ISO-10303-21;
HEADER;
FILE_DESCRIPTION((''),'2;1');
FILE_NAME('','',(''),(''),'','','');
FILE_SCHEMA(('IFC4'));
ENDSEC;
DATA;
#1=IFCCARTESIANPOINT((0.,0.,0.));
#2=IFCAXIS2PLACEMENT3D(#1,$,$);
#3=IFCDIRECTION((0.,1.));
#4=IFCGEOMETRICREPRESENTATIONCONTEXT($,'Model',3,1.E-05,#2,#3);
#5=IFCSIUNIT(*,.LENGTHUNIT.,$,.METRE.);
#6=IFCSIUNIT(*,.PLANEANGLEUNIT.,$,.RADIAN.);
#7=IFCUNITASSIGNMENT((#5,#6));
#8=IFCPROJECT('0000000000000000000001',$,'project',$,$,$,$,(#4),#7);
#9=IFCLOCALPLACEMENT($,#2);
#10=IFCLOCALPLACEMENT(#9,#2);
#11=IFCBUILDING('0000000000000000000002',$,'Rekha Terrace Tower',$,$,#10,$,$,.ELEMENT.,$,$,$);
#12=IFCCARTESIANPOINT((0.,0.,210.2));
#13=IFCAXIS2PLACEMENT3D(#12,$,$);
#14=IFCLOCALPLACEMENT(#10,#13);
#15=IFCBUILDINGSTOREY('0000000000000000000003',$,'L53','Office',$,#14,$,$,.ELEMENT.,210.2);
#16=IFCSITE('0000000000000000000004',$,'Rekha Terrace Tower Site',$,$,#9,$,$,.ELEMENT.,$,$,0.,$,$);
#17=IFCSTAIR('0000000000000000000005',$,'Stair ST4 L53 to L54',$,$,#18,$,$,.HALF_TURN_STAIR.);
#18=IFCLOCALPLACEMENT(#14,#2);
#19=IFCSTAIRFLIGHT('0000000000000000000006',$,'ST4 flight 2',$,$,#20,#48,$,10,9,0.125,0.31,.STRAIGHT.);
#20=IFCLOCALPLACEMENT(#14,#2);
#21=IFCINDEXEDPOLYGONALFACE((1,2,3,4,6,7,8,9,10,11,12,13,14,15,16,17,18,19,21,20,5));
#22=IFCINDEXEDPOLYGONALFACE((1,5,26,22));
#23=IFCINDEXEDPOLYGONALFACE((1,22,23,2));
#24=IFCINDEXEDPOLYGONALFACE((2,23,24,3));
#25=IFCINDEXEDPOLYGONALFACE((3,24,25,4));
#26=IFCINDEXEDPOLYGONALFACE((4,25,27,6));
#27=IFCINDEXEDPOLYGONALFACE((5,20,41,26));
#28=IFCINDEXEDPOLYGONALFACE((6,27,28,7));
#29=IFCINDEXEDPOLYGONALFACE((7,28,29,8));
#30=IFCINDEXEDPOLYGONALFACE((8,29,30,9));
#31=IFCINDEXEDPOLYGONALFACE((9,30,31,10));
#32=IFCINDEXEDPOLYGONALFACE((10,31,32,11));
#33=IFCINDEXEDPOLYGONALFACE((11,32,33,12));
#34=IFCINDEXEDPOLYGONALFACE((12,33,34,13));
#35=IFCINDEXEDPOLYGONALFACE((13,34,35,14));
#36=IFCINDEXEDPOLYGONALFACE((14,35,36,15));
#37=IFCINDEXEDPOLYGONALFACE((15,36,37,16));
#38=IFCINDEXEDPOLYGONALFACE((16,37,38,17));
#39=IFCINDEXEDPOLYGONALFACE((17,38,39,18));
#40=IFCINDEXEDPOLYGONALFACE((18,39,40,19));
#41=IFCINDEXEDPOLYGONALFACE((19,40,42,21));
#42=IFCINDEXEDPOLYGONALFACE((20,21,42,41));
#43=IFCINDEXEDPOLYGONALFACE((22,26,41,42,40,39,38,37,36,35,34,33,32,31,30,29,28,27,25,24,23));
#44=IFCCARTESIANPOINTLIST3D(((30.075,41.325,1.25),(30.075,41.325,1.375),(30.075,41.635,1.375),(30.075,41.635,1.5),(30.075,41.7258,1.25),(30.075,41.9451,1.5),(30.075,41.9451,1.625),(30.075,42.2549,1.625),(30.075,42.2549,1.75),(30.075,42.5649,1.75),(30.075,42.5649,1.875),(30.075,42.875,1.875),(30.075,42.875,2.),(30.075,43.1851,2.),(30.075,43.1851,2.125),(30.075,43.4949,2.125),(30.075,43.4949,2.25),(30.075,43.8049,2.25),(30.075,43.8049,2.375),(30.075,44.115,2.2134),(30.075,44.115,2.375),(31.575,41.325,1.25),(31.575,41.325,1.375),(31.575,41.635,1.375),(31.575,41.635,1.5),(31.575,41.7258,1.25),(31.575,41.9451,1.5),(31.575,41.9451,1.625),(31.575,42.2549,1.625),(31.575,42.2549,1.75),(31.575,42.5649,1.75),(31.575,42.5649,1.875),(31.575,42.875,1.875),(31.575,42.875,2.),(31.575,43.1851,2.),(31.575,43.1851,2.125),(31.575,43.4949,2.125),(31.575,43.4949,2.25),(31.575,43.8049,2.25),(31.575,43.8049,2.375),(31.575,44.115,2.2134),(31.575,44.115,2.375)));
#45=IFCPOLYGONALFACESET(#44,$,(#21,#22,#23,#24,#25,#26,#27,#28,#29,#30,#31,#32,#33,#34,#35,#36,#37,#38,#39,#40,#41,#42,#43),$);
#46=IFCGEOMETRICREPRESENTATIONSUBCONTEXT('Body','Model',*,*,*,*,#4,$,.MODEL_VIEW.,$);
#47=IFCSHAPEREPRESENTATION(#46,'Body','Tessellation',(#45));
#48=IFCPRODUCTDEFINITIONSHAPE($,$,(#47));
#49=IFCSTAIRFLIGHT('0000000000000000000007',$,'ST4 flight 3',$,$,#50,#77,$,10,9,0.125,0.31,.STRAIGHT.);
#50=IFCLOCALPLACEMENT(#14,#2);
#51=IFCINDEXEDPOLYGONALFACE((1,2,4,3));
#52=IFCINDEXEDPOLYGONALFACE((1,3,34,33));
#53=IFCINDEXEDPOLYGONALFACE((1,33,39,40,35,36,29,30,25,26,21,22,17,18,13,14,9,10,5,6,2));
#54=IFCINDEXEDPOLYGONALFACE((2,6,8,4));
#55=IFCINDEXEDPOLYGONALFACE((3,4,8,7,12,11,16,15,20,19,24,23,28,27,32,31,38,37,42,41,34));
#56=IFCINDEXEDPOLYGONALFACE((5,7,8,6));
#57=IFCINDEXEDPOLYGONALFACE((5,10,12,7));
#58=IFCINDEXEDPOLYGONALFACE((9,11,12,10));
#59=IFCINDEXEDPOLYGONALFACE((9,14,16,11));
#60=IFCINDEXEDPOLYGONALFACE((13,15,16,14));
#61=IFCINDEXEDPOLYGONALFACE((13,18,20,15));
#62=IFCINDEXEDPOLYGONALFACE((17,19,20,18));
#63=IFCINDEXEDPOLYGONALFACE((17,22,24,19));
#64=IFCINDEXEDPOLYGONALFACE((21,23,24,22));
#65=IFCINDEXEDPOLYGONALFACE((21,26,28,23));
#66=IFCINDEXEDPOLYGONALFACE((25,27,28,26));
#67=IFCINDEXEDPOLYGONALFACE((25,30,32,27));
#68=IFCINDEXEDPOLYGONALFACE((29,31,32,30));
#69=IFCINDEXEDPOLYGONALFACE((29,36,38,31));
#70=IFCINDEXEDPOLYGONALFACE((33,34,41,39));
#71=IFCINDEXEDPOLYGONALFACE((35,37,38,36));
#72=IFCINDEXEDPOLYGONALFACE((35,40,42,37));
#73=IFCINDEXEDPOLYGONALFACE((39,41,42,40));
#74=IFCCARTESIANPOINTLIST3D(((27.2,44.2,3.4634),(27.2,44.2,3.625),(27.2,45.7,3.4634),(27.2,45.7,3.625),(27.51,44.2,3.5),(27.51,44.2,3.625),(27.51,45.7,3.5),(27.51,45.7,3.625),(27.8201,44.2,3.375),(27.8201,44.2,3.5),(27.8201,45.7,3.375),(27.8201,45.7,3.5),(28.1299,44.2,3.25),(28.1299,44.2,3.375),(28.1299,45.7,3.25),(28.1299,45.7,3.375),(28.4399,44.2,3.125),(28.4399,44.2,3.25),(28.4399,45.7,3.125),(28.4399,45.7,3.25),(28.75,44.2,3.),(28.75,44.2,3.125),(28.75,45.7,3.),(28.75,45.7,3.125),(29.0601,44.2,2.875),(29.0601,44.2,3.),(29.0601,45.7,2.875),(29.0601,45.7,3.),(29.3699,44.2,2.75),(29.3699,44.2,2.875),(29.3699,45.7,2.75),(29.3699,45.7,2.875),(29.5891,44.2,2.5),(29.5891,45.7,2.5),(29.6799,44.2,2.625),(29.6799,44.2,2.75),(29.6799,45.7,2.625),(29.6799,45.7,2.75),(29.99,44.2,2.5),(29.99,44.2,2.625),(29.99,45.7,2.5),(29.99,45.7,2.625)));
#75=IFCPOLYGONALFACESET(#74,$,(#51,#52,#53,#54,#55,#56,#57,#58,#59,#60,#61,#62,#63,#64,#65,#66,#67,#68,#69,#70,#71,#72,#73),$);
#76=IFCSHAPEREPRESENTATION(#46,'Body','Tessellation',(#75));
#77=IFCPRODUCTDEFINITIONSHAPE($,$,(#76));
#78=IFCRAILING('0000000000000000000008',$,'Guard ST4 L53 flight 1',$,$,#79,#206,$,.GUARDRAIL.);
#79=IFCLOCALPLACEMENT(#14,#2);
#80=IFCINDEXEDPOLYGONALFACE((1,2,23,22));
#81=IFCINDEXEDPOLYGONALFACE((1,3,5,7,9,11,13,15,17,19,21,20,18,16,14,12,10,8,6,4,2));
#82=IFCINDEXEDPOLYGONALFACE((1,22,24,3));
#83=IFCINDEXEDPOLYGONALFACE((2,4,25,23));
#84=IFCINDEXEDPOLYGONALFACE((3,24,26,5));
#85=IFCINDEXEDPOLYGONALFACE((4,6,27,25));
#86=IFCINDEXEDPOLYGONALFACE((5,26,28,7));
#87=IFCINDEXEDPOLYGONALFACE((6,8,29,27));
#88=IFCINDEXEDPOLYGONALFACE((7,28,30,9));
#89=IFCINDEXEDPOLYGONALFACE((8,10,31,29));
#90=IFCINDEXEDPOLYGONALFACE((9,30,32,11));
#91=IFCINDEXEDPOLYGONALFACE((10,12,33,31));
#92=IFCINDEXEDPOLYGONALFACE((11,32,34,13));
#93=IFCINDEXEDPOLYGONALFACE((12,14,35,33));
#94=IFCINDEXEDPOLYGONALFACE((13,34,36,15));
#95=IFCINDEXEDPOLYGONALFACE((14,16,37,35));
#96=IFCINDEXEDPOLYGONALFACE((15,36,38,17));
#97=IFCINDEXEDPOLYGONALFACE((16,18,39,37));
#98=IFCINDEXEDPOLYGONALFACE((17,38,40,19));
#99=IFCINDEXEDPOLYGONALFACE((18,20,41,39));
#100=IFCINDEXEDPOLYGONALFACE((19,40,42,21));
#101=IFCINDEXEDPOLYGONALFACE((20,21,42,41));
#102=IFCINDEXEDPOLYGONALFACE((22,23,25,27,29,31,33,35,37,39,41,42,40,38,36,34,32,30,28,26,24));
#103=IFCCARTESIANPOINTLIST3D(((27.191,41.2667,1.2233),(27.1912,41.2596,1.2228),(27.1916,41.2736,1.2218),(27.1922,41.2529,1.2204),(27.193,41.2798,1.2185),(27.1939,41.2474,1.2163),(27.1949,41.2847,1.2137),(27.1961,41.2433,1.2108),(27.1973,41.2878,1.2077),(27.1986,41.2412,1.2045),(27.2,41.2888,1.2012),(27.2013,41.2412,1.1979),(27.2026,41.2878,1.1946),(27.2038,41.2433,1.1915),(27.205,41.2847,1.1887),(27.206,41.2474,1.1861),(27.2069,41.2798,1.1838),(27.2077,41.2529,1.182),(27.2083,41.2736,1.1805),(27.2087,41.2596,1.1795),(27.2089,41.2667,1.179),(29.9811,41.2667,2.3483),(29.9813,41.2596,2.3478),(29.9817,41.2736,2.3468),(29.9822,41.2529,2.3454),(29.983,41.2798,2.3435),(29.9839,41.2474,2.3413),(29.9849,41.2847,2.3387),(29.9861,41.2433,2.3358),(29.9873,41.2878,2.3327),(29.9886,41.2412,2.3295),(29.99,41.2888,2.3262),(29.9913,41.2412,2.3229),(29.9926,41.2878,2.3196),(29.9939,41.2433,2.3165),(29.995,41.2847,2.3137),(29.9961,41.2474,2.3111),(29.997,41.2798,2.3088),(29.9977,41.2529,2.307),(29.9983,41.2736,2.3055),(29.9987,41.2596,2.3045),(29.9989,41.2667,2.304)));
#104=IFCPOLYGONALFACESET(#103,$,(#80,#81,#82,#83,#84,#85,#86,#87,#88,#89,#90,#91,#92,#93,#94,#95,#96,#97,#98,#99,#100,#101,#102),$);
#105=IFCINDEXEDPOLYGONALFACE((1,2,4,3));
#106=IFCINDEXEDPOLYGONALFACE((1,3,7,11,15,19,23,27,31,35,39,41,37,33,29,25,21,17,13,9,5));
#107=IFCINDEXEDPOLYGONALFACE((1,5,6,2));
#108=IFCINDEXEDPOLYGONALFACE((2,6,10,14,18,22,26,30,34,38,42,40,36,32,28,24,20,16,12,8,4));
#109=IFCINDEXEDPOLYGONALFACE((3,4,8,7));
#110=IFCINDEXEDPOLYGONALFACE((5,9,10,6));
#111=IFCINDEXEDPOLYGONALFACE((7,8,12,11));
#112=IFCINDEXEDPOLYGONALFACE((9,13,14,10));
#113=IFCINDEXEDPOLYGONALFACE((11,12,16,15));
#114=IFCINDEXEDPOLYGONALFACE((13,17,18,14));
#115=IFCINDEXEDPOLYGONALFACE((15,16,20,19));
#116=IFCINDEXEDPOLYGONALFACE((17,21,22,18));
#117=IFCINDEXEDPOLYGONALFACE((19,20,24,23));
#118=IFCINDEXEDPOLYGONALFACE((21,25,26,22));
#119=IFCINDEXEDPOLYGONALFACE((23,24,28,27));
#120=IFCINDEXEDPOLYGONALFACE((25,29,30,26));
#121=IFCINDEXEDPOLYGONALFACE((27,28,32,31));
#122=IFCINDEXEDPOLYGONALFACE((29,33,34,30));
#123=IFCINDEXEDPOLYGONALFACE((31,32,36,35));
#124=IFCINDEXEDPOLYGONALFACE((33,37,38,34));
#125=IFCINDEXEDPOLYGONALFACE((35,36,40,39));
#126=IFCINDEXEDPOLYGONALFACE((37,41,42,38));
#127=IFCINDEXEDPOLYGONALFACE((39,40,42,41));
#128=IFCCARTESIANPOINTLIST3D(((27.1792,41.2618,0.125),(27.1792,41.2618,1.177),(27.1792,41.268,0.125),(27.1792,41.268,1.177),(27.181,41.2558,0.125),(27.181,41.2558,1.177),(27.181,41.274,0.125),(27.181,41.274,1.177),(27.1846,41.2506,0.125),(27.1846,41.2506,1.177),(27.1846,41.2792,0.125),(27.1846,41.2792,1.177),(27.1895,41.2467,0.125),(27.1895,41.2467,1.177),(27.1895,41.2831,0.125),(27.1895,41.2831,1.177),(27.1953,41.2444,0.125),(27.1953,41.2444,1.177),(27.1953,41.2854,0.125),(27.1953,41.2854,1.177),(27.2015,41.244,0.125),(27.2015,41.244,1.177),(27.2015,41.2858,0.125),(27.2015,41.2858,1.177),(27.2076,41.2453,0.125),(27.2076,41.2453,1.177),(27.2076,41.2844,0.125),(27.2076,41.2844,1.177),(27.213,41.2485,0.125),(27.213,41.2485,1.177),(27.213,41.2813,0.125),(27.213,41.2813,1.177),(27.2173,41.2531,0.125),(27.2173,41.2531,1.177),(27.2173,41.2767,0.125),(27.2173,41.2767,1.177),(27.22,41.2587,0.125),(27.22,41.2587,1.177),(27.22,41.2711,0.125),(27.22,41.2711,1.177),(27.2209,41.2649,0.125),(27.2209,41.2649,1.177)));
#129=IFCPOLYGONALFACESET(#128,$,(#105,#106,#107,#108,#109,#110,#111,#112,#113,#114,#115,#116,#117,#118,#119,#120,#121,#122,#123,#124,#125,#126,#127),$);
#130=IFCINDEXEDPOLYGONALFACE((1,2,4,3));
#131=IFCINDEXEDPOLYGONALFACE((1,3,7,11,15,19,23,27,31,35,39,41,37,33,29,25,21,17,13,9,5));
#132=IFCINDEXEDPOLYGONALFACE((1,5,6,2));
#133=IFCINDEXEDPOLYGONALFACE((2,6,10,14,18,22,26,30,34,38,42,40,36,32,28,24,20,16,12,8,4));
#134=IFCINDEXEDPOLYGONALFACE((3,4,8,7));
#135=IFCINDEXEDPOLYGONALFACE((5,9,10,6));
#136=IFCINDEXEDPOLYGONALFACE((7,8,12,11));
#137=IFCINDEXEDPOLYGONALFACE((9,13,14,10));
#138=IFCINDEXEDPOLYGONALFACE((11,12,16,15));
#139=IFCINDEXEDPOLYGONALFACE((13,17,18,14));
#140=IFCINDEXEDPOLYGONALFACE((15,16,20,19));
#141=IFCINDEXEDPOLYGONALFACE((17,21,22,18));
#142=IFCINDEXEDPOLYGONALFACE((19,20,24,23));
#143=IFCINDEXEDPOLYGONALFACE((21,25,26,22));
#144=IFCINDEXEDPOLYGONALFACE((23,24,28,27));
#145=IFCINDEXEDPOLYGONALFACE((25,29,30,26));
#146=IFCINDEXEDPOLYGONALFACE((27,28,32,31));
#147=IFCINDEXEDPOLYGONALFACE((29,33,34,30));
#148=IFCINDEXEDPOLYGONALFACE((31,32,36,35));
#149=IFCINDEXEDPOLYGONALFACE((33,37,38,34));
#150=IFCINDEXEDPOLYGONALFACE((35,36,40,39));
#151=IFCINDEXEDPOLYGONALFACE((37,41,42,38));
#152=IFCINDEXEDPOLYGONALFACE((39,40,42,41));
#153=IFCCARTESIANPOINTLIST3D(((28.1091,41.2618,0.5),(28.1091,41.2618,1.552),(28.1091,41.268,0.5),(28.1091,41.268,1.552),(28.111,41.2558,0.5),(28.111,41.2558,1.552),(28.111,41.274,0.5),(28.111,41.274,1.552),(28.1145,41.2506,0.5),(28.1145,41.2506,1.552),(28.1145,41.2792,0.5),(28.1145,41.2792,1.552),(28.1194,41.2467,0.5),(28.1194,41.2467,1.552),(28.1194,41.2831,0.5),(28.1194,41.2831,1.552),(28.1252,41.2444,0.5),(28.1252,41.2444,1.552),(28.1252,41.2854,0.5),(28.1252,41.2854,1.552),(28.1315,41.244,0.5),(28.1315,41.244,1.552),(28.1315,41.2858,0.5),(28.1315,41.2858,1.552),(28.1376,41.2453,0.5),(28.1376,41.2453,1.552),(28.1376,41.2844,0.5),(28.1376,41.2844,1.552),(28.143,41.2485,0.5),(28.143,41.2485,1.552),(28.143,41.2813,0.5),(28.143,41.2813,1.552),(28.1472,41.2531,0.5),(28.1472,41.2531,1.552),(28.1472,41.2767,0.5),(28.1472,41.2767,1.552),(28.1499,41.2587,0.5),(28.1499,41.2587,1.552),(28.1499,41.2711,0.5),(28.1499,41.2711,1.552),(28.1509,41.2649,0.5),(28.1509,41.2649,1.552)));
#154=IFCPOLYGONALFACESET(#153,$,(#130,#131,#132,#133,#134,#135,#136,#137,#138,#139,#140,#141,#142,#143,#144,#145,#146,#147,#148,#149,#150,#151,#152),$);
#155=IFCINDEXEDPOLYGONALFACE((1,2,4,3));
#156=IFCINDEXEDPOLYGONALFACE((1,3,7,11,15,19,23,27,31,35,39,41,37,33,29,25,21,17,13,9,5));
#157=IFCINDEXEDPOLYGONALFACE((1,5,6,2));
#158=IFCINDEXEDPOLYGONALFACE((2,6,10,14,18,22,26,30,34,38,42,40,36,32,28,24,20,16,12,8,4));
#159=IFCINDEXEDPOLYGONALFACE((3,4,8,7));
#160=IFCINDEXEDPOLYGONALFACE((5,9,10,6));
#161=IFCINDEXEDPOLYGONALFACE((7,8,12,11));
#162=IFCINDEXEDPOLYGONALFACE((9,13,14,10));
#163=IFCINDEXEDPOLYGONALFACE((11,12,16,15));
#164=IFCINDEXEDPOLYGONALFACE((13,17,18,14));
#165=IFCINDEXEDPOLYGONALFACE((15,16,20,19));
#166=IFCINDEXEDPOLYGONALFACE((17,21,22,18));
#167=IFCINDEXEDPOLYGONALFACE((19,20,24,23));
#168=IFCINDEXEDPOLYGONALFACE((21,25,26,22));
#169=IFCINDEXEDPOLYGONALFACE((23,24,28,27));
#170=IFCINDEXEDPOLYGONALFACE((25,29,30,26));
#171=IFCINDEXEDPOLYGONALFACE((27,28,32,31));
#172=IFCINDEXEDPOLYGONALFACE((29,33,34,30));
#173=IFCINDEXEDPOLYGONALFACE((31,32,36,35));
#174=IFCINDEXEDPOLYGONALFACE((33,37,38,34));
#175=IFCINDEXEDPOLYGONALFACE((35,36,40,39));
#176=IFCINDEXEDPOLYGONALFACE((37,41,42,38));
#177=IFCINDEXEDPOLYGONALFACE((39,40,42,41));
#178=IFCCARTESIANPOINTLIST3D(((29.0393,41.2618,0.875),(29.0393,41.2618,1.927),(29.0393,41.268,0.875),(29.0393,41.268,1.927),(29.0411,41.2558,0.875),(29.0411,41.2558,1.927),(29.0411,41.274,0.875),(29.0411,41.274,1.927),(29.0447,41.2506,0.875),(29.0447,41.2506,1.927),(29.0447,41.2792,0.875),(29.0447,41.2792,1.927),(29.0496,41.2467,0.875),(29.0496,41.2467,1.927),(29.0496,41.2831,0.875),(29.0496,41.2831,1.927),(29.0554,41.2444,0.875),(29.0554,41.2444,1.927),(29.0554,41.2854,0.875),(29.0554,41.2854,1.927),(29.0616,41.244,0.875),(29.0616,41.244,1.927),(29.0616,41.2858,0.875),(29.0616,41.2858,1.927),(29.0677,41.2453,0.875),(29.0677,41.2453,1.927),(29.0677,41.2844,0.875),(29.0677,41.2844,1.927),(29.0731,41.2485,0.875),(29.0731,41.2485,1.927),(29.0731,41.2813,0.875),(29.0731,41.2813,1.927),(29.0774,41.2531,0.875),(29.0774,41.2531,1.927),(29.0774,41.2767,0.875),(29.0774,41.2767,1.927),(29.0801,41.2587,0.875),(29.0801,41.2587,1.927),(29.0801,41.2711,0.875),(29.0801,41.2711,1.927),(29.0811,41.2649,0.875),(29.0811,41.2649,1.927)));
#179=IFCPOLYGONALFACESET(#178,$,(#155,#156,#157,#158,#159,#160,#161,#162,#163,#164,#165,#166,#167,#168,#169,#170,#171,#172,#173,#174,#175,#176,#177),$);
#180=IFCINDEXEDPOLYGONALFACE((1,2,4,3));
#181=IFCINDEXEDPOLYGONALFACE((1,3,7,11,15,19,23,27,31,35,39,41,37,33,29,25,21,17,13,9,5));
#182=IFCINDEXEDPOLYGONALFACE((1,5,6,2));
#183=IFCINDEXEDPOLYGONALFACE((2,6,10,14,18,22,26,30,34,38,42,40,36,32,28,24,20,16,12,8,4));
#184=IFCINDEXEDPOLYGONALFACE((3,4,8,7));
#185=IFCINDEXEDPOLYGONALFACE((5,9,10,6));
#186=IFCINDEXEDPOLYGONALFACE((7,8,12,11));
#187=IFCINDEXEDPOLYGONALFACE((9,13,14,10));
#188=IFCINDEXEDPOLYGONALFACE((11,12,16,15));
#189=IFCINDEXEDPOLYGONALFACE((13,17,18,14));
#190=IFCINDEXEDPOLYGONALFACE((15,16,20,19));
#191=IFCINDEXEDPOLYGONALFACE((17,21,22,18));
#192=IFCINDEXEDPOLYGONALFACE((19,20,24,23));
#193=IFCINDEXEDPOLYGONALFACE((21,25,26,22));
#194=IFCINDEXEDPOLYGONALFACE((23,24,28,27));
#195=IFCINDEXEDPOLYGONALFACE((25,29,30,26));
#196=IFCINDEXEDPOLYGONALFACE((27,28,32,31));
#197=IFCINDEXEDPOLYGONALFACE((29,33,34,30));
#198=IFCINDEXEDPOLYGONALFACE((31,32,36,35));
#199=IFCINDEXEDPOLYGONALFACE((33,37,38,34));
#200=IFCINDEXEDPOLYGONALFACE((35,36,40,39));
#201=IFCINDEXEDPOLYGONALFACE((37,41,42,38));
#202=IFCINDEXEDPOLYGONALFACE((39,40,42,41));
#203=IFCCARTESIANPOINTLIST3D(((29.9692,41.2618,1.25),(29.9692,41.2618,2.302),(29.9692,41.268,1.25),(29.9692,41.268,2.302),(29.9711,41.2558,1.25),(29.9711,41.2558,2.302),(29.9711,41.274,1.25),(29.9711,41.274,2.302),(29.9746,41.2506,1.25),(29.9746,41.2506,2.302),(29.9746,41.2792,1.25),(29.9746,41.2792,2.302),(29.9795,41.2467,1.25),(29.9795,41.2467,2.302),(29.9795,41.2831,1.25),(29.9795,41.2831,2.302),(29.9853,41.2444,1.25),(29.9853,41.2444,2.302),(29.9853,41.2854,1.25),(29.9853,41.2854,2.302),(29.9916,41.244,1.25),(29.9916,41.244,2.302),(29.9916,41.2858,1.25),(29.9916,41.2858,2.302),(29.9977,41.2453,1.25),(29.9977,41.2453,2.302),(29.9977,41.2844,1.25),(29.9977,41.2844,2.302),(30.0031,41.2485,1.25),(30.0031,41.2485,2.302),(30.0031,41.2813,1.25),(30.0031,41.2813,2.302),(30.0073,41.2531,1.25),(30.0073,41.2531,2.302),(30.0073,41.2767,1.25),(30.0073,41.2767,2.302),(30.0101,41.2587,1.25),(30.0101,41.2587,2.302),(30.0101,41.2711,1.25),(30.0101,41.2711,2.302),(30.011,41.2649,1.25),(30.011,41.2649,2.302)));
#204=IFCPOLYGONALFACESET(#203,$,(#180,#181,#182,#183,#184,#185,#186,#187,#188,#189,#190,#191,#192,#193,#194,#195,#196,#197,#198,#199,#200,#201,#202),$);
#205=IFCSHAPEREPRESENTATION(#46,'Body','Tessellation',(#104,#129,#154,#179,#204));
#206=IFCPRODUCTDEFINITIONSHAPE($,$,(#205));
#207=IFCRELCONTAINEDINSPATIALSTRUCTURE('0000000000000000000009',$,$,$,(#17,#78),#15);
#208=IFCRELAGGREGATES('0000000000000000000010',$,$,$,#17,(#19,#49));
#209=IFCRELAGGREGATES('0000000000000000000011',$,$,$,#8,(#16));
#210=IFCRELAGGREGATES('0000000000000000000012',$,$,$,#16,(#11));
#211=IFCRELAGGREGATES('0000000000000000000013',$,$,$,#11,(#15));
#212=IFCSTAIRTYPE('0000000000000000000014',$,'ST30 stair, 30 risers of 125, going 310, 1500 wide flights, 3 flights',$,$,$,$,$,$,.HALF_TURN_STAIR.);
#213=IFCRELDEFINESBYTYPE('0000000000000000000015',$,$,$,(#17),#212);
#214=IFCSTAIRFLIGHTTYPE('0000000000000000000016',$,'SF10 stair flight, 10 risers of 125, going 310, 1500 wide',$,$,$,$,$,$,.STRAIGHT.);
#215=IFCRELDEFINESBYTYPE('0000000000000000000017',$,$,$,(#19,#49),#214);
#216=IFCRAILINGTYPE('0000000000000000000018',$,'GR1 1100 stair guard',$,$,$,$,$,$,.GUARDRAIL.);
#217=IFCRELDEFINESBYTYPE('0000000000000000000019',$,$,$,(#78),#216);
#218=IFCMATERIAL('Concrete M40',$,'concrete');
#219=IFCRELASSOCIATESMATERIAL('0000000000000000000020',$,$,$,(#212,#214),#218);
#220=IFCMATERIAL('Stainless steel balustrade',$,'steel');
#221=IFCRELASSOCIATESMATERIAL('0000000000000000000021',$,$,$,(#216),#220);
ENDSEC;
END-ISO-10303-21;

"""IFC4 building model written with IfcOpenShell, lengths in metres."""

from ifc_helpers import new_model, si_unit, direction, frame, origin, origin_2d, place, context, subcontext, project, spatial, polyline, circle, outline, extrude, material, type_object, element, aggregate, save


model = new_model("IFC4")

# Units and contexts
model_context = context("Model", 3, precision=1e-05, world=origin(), true_north=direction((0.0, 1.0)))
body_context = subcontext(model_context, "Body", "Model", "MODEL_VIEW")
ifc_project = project(units=[si_unit("LENGTHUNIT", "METRE"), si_unit("PLANEANGLEUNIT", "RADIAN")], contexts=[model_context])

# Site, building, storey
site_placement = place(None, origin())
site = spatial("IfcSite", under=ifc_project, at=site_placement, Name="Rekha Terrace Tower Site", CompositionType="ELEMENT", RefElevation=0.0)
building_placement = place(site_placement, origin())
building = spatial("IfcBuilding", under=site, at=building_placement, Name="Rekha Terrace Tower", CompositionType="ELEMENT")
storey_placement = place(building_placement, frame((0.0, 0.0, 210.2)))
storey = spatial("IfcBuildingStorey", under=building, at=storey_placement, Name="L53", Description="Office", CompositionType="ELEMENT", Elevation=210.2)

# Stair, stair flights
ifc_material_1 = material(Name="Concrete M40", Category="concrete")
stair_type = type_object("IfcStairType", Name="ST30 stair, 30 risers of 125, going 310, 1500 wide flights, 3 flights", PredefinedType="HALF_TURN_STAIR", material=ifc_material_1)
stair_placement = place(storey_placement, origin())
stair = element("IfcStair", 1, at=stair_placement, inside=storey, type_object=stair_type, Name="Stair ST4 L53 to L54", PredefinedType="HALF_TURN_STAIR")
stair_flight_type = type_object("IfcStairFlightType", Name="SF10 stair flight, 10 risers of 125, going 310, 1500 wide", PredefinedType="STRAIGHT", material=ifc_material_1)
stair_flight_1_placement = place(storey_placement, frame((30.825, 41.325, 1.25), z_axis=(0.0, 0.0, 1.0), x_axis=(0.0, 1.0, 0.0)))
stair_flight_1 = element("IfcStairFlight", 2, at=stair_flight_1_placement, type_object=stair_flight_type, Name="ST4 flight 2", NumberOfRisers=10, NumberOfTreads=9, PredefinedType="STRAIGHT", RiserHeight=0.125, TreadLength=0.31, context=body_context, shape_type="SweptSolid", body=[
    extrude(outline(polyline([(0.0, 0.0), (0.0, 0.125), (0.3101, 0.125), (0.3101, 0.25), (0.6201, 0.25), (0.6201, 0.375), (0.9299, 0.375), (0.9299, 0.5), (1.24, 0.5), (1.24, 0.625), (1.55, 0.625), (1.55, 0.75), (1.8601, 0.75), (1.8601, 0.875), (2.1699, 0.875), (2.1699, 1.0), (2.48, 1.0), (2.48, 1.125), (2.79, 1.125), (2.79, 1.25), (2.79, 0.9634), (0.4009, 0.0), (0.0, 0.0)])), frame((0.0, 0.75, 0.0), z_axis=(0.0, -1.0, 0.0), x_axis=(1.0, 0.0, 0.0)), (0.0, 0.0, 1.0), 1.5),
])
stair_flight_2_placement = place(storey_placement, frame((29.99, 44.95, 2.5), z_axis=(0.0, 0.0, 1.0), x_axis=(-1.0, 0.0, 0.0)))
stair_flight_2 = element("IfcStairFlight", 3, at=stair_flight_2_placement, type_object=stair_flight_type, Name="ST4 flight 3", NumberOfRisers=10, NumberOfTreads=9, PredefinedType="STRAIGHT", RiserHeight=0.125, TreadLength=0.31, context=body_context, shape_type="SweptSolid", body=[
    extrude(outline(polyline([(0.0, 0.0), (0.0, 0.125), (0.3101, 0.125), (0.3101, 0.25), (0.6201, 0.25), (0.6201, 0.375), (0.9299, 0.375), (0.9299, 0.5), (1.24, 0.5), (1.24, 0.625), (1.55, 0.625), (1.55, 0.75), (1.8601, 0.75), (1.8601, 0.875), (2.1699, 0.875), (2.1699, 1.0), (2.48, 1.0), (2.48, 1.125), (2.79, 1.125), (2.79, 1.25), (2.79, 0.9634), (0.4009, 0.0), (0.0, 0.0)])), frame((0.0, 0.75, 0.0), z_axis=(0.0, -1.0, 0.0), x_axis=(1.0, 0.0, 0.0)), (0.0, 0.0, 1.0), 1.5),
])
aggregate(stair, [stair_flight_1, stair_flight_2])

# Railing
ifc_material_2 = material(Name="Stainless steel balustrade", Category="steel")
railing_type_1 = type_object("IfcRailingType", Name="GR1 1100 stair guard", PredefinedType="GUARDRAIL", material=ifc_material_2)
railing_1_placement = place(storey_placement, frame((27.2, 41.2649, 0.125)))
element("IfcRailing", 4, at=railing_1_placement, inside=storey, type_object=railing_type_1, Name="Guard ST4 L53 flight 1", PredefinedType="GUARDRAIL", context=body_context, shape_type="SweptSolid", body=[
    extrude(circle(Radius=0.0239, at=origin_2d()), frame((0.0, 0.0, 1.0762), z_axis=(0.927443, 0.0, 0.373964), x_axis=(0.0, 1.0, 0.0)), (0.0, 0.0, 1.0), 3.0083),
    extrude(circle(Radius=0.021, at=origin_2d()), origin(), (0.0, 0.0, 1.0), 1.052),
    extrude(circle(Radius=0.021, at=origin_2d()), frame((0.9299, 0.0, 0.375)), (0.0, 0.0, 1.0), 1.052),
    extrude(circle(Radius=0.021, at=origin_2d()), frame((1.8601, 0.0, 0.75)), (0.0, 0.0, 1.0), 1.052),
    extrude(circle(Radius=0.021, at=origin_2d()), frame((2.79, 0.0, 1.125)), (0.0, 0.0, 1.0), 1.052),
])

save(model, "model.ifc")
